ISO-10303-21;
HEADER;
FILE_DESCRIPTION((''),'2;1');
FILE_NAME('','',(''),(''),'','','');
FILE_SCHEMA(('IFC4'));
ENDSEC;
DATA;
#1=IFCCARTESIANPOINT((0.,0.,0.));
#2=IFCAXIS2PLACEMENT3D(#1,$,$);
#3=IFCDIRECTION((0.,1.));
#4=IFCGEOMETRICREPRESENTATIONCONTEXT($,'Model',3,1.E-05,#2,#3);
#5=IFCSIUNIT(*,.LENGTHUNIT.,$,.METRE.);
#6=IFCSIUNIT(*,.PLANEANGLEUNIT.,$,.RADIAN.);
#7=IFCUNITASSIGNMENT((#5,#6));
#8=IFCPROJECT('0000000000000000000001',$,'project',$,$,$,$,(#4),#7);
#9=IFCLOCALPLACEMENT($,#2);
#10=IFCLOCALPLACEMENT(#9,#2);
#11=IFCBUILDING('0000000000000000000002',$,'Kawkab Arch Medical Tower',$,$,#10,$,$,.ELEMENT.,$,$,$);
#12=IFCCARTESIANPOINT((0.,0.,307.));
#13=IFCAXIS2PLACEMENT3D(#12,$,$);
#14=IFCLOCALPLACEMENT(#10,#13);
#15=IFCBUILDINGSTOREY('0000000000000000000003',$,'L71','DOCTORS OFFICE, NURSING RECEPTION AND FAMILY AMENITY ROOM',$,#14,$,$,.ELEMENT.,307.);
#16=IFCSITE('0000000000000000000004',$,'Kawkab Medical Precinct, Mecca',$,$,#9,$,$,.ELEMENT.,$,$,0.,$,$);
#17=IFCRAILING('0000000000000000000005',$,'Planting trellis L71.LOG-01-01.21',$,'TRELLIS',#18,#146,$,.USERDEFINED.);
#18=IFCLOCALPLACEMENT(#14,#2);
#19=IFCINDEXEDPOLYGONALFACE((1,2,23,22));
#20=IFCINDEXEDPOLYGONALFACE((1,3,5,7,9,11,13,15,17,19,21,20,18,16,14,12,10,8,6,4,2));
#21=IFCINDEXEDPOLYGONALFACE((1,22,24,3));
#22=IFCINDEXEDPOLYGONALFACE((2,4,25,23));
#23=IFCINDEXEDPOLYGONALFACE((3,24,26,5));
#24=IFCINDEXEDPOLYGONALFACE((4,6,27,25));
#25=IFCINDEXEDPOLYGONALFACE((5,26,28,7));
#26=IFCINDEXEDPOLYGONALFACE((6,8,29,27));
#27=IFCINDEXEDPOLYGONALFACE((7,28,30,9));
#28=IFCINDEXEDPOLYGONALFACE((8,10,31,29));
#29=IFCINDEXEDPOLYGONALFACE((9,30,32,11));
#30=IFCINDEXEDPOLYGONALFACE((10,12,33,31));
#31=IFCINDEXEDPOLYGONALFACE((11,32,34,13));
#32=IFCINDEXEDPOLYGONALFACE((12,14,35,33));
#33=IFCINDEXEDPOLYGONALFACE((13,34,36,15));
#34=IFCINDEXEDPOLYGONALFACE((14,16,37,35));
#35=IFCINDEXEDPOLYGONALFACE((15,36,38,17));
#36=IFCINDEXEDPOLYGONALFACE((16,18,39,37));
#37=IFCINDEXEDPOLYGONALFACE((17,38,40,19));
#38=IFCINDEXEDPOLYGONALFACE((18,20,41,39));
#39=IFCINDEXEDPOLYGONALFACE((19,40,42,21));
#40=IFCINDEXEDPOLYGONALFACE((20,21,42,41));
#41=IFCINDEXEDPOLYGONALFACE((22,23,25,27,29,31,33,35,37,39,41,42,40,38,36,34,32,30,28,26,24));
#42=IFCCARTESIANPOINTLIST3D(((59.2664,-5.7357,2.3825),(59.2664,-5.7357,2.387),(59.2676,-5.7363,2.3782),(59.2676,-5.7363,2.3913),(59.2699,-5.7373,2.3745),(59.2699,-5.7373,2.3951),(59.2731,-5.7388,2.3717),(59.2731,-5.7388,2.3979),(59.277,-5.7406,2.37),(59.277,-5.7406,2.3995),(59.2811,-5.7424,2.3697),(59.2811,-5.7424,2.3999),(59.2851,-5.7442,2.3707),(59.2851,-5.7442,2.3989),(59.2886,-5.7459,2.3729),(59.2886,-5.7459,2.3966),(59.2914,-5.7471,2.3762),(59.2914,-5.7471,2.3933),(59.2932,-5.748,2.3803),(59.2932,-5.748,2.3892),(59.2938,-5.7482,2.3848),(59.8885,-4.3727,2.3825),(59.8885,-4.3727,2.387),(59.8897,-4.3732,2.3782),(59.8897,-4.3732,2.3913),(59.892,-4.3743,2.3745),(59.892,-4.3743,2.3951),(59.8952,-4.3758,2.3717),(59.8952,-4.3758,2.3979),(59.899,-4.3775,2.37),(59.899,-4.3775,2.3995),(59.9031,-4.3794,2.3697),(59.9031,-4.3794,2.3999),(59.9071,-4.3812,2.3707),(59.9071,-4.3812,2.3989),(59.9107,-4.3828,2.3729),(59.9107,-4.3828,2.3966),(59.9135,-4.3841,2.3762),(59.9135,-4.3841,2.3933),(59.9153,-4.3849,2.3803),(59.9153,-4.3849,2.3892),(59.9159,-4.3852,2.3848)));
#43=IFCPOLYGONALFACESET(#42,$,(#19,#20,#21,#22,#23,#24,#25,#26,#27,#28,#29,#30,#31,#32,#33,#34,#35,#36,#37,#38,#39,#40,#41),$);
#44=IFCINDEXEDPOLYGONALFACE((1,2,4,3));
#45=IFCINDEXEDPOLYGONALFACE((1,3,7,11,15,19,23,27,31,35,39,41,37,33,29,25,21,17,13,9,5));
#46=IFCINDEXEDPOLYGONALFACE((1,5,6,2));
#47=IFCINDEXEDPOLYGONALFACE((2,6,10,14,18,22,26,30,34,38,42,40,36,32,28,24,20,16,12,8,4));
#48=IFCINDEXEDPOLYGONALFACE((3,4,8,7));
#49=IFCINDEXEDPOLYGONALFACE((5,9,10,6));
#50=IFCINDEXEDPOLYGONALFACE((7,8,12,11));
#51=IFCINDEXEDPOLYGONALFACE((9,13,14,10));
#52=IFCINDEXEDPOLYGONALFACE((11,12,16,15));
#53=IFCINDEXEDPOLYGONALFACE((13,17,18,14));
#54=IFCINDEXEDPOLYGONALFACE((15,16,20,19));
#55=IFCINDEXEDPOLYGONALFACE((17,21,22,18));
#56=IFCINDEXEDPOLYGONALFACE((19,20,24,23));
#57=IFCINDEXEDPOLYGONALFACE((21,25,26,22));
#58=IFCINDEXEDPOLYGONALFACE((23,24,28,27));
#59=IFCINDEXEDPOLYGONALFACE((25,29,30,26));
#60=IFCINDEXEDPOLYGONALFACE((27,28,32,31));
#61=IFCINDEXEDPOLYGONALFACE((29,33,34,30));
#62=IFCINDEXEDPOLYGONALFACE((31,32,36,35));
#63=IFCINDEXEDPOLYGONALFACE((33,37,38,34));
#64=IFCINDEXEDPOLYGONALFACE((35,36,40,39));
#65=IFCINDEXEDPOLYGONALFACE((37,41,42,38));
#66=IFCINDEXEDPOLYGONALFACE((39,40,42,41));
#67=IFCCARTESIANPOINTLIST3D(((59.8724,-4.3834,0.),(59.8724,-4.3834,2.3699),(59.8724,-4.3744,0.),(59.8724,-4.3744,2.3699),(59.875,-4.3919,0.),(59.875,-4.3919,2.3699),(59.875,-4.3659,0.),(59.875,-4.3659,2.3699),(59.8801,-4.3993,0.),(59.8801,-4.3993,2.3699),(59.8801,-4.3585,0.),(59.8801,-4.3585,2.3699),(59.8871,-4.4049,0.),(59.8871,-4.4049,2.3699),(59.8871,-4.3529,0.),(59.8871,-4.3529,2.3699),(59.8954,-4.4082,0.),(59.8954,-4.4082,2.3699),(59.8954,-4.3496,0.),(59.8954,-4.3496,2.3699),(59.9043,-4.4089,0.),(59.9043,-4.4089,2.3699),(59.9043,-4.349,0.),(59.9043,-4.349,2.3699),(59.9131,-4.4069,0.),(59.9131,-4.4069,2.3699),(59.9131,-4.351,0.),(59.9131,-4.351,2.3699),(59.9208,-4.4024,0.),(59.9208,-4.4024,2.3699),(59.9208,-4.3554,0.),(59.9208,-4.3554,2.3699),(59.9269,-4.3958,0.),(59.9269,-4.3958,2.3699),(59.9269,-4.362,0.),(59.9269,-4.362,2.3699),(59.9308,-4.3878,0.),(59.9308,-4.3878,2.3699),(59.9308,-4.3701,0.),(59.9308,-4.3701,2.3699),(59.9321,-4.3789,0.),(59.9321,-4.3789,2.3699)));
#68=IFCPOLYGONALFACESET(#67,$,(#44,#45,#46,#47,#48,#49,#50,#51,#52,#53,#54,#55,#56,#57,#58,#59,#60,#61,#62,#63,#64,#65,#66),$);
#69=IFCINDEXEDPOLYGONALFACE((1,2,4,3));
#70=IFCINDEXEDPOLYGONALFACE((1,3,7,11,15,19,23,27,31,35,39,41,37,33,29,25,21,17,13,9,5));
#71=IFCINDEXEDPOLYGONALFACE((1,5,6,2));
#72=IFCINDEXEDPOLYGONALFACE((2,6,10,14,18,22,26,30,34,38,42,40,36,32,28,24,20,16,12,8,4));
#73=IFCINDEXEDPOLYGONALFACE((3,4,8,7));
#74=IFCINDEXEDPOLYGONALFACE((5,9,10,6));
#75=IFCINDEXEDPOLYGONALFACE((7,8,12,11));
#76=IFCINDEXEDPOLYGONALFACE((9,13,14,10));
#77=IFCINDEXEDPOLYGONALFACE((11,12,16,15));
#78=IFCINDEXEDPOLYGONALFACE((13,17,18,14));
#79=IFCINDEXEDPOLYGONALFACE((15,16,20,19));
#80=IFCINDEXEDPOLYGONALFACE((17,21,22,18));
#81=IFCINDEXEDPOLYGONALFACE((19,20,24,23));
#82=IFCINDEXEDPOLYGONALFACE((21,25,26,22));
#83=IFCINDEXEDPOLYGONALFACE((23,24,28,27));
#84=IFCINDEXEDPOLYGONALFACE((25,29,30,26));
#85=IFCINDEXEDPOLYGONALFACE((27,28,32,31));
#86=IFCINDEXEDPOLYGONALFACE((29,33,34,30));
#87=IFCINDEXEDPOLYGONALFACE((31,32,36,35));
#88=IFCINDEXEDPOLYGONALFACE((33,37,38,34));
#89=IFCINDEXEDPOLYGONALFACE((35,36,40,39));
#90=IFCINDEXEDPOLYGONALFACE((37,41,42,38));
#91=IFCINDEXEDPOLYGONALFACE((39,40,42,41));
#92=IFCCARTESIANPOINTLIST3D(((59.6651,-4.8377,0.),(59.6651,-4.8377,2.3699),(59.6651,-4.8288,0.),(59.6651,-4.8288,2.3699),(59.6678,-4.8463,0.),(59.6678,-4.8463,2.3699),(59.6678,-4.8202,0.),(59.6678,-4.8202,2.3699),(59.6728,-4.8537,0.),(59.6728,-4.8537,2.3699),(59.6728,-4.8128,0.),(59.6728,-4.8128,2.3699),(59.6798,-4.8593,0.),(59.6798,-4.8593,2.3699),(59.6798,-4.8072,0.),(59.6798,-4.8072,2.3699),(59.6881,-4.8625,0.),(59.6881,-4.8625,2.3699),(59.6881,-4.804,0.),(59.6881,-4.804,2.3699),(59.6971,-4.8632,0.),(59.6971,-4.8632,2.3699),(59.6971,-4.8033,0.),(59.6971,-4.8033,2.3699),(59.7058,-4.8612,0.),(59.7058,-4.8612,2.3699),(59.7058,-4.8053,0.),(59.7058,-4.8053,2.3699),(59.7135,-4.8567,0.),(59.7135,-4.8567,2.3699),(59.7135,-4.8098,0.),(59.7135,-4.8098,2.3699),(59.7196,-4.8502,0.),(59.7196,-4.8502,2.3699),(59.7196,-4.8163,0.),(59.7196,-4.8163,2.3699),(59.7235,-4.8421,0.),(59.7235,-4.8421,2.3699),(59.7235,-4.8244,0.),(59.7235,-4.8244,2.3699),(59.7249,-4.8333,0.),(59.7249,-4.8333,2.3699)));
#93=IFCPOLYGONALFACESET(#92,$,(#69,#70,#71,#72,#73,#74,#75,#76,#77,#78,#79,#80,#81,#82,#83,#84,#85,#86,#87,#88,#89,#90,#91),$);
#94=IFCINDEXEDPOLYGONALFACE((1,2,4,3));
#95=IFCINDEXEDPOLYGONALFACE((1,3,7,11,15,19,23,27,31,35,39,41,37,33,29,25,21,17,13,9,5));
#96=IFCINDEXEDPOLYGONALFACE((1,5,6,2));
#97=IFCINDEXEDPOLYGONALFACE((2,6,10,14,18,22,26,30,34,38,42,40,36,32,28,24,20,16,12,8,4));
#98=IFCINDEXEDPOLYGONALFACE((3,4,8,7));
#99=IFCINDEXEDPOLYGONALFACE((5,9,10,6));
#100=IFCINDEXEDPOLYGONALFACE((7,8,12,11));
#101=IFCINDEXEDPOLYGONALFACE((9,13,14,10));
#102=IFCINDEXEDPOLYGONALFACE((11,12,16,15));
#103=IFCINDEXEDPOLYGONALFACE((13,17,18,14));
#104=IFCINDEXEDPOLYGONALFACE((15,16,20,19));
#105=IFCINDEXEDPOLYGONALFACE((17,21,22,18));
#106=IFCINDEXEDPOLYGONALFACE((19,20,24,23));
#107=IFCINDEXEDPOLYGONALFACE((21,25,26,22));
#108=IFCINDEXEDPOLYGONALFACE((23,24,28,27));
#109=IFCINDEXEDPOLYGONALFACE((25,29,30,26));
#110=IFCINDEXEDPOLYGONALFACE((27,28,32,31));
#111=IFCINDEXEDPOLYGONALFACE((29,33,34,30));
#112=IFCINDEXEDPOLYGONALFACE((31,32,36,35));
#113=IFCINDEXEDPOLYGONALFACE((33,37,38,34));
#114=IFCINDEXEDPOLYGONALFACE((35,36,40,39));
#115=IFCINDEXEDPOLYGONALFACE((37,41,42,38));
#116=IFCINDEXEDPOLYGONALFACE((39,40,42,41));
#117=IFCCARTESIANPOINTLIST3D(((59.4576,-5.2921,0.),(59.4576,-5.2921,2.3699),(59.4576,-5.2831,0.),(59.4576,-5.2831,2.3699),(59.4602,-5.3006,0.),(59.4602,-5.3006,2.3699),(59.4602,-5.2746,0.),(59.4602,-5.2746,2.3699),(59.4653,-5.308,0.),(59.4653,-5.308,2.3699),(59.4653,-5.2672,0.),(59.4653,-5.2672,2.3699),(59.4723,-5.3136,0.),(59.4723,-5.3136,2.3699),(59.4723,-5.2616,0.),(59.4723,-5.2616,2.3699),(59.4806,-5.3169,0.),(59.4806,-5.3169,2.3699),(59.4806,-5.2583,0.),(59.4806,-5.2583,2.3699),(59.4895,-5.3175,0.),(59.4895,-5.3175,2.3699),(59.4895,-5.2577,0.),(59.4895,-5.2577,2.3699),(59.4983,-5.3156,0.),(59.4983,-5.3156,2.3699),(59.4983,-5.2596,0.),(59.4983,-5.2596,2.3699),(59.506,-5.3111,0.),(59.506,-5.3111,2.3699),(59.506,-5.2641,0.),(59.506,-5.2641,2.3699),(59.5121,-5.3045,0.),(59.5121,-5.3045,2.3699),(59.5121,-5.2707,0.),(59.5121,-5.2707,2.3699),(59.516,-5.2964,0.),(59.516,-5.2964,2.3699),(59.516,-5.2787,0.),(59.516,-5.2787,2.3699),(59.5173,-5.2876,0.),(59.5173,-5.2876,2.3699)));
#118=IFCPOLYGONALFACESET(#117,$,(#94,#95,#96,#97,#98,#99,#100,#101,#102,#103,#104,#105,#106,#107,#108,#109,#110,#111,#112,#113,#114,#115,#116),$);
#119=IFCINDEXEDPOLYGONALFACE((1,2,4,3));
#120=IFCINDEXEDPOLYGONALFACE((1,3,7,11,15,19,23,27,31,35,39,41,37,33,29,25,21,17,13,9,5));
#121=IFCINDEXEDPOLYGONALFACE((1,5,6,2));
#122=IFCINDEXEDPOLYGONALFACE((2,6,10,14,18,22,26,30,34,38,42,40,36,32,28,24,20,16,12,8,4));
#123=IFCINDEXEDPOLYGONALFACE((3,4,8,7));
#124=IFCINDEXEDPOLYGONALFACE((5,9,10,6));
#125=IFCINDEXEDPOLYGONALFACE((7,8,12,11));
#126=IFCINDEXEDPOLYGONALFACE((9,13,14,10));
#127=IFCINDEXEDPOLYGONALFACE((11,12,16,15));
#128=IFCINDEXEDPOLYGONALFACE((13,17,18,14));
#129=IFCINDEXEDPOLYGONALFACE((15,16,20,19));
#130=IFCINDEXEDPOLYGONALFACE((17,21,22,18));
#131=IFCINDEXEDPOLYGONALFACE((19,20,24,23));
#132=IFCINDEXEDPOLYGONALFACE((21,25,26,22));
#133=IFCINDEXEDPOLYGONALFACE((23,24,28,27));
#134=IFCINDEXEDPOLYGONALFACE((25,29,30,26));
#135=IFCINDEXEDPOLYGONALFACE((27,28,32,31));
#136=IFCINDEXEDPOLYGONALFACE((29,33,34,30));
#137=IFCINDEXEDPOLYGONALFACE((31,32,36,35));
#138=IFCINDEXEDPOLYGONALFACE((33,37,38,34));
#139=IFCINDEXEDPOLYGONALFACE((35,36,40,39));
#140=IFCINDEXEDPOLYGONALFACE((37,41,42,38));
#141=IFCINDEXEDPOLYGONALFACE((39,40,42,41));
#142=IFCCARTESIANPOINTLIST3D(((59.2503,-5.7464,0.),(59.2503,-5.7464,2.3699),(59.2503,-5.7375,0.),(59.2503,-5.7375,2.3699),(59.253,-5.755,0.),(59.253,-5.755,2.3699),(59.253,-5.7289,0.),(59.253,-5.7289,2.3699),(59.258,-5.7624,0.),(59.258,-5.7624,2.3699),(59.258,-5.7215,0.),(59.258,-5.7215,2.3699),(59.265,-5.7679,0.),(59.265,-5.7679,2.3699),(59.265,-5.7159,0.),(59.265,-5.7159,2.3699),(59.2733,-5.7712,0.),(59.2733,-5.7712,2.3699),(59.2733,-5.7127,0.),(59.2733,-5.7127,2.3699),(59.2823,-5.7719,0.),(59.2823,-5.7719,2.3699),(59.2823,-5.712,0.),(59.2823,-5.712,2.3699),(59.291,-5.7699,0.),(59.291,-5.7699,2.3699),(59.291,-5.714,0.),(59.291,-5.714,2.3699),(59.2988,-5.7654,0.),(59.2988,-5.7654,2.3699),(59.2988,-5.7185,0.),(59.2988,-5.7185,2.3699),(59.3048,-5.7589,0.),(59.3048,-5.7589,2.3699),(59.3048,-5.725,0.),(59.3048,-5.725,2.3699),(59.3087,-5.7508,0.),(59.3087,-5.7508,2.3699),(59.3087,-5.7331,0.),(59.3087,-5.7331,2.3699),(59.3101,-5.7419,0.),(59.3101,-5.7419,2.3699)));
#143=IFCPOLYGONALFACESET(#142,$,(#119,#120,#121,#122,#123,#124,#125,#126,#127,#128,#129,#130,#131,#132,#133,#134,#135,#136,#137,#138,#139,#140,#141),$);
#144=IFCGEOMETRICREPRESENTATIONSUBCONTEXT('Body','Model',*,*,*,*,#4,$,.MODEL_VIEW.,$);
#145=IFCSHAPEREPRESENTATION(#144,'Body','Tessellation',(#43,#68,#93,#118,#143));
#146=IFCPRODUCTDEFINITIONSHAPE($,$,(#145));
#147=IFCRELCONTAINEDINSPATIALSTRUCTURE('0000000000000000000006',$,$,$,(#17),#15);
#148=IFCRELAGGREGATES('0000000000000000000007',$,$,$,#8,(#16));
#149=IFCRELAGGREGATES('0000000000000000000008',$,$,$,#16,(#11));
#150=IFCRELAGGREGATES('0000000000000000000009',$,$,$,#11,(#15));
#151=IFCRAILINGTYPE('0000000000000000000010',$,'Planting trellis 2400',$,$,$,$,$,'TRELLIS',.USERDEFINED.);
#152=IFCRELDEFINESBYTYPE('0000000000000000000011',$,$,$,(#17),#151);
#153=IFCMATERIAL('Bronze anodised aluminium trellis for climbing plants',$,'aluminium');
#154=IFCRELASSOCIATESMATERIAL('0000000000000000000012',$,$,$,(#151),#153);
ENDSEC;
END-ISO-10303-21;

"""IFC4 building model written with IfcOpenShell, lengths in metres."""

from ifc_helpers import new_model, si_unit, direction, frame, origin, origin_2d, place, context, subcontext, project, spatial, circle, extrude, material, type_object, element, save


model = new_model("IFC4")

# Units and contexts
model_context = context("Model", 3, precision=1e-05, world=origin(), true_north=direction((0.0, 1.0)))
body_context = subcontext(model_context, "Body", "Model", "MODEL_VIEW")
ifc_project = project(units=[si_unit("LENGTHUNIT", "METRE"), si_unit("PLANEANGLEUNIT", "RADIAN")], contexts=[model_context])

# Site, building, storey
site_placement = place(None, origin())
site = spatial("IfcSite", under=ifc_project, at=site_placement, Name="Kawkab Medical Precinct, Mecca", CompositionType="ELEMENT", RefElevation=0.0)
building_placement = place(site_placement, origin())
building = spatial("IfcBuilding", under=site, at=building_placement, Name="Kawkab Arch Medical Tower", CompositionType="ELEMENT")
storey_placement = place(building_placement, frame((0.0, 0.0, 307.0)))
storey = spatial("IfcBuildingStorey", under=building, at=storey_placement, Name="L71", Description="DOCTORS OFFICE, NURSING RECEPTION AND FAMILY AMENITY ROOM", CompositionType="ELEMENT", Elevation=307.0)

# Railing
ifc_material_1 = material(Name="Bronze anodised aluminium trellis for climbing plants", Category="aluminium")
railing_type = type_object("IfcRailingType", Name="Planting trellis 2400", ElementType="TRELLIS", PredefinedType="USERDEFINED", material=ifc_material_1)
railing_1_placement = place(storey_placement, frame((59.9021, -4.3789, 0.0)))
element("IfcRailing", 1, at=railing_1_placement, inside=storey, type_object=railing_type, Name="Planting trellis L71.LOG-01-01.21", ObjectType="TRELLIS", PredefinedType="USERDEFINED", context=body_context, shape_type="SweptSolid", body=[
    extrude(circle(Radius=0.0151, at=origin_2d()), frame((0.0, 0.0, 2.3848), z_axis=(-0.41519, -0.909735, 0.0), x_axis=(0.909735, -0.41519, 0.0)), (0.0, 0.0, 1.0), 1.4983),
    extrude(circle(Radius=0.03, at=origin_2d()), origin(), (0.0, 0.0, 1.0), 2.3699),
    extrude(circle(Radius=0.03, at=origin_2d()), frame((-0.2073, -0.4543, 0.0)), (0.0, 0.0, 1.0), 2.3699),
    extrude(circle(Radius=0.03, at=origin_2d()), frame((-0.4148, -0.9087, 0.0)), (0.0, 0.0, 1.0), 2.3699),
    extrude(circle(Radius=0.03, at=origin_2d()), frame((-0.6221, -1.363, 0.0)), (0.0, 0.0, 1.0), 2.3699),
])

save(model, "model.ifc")
